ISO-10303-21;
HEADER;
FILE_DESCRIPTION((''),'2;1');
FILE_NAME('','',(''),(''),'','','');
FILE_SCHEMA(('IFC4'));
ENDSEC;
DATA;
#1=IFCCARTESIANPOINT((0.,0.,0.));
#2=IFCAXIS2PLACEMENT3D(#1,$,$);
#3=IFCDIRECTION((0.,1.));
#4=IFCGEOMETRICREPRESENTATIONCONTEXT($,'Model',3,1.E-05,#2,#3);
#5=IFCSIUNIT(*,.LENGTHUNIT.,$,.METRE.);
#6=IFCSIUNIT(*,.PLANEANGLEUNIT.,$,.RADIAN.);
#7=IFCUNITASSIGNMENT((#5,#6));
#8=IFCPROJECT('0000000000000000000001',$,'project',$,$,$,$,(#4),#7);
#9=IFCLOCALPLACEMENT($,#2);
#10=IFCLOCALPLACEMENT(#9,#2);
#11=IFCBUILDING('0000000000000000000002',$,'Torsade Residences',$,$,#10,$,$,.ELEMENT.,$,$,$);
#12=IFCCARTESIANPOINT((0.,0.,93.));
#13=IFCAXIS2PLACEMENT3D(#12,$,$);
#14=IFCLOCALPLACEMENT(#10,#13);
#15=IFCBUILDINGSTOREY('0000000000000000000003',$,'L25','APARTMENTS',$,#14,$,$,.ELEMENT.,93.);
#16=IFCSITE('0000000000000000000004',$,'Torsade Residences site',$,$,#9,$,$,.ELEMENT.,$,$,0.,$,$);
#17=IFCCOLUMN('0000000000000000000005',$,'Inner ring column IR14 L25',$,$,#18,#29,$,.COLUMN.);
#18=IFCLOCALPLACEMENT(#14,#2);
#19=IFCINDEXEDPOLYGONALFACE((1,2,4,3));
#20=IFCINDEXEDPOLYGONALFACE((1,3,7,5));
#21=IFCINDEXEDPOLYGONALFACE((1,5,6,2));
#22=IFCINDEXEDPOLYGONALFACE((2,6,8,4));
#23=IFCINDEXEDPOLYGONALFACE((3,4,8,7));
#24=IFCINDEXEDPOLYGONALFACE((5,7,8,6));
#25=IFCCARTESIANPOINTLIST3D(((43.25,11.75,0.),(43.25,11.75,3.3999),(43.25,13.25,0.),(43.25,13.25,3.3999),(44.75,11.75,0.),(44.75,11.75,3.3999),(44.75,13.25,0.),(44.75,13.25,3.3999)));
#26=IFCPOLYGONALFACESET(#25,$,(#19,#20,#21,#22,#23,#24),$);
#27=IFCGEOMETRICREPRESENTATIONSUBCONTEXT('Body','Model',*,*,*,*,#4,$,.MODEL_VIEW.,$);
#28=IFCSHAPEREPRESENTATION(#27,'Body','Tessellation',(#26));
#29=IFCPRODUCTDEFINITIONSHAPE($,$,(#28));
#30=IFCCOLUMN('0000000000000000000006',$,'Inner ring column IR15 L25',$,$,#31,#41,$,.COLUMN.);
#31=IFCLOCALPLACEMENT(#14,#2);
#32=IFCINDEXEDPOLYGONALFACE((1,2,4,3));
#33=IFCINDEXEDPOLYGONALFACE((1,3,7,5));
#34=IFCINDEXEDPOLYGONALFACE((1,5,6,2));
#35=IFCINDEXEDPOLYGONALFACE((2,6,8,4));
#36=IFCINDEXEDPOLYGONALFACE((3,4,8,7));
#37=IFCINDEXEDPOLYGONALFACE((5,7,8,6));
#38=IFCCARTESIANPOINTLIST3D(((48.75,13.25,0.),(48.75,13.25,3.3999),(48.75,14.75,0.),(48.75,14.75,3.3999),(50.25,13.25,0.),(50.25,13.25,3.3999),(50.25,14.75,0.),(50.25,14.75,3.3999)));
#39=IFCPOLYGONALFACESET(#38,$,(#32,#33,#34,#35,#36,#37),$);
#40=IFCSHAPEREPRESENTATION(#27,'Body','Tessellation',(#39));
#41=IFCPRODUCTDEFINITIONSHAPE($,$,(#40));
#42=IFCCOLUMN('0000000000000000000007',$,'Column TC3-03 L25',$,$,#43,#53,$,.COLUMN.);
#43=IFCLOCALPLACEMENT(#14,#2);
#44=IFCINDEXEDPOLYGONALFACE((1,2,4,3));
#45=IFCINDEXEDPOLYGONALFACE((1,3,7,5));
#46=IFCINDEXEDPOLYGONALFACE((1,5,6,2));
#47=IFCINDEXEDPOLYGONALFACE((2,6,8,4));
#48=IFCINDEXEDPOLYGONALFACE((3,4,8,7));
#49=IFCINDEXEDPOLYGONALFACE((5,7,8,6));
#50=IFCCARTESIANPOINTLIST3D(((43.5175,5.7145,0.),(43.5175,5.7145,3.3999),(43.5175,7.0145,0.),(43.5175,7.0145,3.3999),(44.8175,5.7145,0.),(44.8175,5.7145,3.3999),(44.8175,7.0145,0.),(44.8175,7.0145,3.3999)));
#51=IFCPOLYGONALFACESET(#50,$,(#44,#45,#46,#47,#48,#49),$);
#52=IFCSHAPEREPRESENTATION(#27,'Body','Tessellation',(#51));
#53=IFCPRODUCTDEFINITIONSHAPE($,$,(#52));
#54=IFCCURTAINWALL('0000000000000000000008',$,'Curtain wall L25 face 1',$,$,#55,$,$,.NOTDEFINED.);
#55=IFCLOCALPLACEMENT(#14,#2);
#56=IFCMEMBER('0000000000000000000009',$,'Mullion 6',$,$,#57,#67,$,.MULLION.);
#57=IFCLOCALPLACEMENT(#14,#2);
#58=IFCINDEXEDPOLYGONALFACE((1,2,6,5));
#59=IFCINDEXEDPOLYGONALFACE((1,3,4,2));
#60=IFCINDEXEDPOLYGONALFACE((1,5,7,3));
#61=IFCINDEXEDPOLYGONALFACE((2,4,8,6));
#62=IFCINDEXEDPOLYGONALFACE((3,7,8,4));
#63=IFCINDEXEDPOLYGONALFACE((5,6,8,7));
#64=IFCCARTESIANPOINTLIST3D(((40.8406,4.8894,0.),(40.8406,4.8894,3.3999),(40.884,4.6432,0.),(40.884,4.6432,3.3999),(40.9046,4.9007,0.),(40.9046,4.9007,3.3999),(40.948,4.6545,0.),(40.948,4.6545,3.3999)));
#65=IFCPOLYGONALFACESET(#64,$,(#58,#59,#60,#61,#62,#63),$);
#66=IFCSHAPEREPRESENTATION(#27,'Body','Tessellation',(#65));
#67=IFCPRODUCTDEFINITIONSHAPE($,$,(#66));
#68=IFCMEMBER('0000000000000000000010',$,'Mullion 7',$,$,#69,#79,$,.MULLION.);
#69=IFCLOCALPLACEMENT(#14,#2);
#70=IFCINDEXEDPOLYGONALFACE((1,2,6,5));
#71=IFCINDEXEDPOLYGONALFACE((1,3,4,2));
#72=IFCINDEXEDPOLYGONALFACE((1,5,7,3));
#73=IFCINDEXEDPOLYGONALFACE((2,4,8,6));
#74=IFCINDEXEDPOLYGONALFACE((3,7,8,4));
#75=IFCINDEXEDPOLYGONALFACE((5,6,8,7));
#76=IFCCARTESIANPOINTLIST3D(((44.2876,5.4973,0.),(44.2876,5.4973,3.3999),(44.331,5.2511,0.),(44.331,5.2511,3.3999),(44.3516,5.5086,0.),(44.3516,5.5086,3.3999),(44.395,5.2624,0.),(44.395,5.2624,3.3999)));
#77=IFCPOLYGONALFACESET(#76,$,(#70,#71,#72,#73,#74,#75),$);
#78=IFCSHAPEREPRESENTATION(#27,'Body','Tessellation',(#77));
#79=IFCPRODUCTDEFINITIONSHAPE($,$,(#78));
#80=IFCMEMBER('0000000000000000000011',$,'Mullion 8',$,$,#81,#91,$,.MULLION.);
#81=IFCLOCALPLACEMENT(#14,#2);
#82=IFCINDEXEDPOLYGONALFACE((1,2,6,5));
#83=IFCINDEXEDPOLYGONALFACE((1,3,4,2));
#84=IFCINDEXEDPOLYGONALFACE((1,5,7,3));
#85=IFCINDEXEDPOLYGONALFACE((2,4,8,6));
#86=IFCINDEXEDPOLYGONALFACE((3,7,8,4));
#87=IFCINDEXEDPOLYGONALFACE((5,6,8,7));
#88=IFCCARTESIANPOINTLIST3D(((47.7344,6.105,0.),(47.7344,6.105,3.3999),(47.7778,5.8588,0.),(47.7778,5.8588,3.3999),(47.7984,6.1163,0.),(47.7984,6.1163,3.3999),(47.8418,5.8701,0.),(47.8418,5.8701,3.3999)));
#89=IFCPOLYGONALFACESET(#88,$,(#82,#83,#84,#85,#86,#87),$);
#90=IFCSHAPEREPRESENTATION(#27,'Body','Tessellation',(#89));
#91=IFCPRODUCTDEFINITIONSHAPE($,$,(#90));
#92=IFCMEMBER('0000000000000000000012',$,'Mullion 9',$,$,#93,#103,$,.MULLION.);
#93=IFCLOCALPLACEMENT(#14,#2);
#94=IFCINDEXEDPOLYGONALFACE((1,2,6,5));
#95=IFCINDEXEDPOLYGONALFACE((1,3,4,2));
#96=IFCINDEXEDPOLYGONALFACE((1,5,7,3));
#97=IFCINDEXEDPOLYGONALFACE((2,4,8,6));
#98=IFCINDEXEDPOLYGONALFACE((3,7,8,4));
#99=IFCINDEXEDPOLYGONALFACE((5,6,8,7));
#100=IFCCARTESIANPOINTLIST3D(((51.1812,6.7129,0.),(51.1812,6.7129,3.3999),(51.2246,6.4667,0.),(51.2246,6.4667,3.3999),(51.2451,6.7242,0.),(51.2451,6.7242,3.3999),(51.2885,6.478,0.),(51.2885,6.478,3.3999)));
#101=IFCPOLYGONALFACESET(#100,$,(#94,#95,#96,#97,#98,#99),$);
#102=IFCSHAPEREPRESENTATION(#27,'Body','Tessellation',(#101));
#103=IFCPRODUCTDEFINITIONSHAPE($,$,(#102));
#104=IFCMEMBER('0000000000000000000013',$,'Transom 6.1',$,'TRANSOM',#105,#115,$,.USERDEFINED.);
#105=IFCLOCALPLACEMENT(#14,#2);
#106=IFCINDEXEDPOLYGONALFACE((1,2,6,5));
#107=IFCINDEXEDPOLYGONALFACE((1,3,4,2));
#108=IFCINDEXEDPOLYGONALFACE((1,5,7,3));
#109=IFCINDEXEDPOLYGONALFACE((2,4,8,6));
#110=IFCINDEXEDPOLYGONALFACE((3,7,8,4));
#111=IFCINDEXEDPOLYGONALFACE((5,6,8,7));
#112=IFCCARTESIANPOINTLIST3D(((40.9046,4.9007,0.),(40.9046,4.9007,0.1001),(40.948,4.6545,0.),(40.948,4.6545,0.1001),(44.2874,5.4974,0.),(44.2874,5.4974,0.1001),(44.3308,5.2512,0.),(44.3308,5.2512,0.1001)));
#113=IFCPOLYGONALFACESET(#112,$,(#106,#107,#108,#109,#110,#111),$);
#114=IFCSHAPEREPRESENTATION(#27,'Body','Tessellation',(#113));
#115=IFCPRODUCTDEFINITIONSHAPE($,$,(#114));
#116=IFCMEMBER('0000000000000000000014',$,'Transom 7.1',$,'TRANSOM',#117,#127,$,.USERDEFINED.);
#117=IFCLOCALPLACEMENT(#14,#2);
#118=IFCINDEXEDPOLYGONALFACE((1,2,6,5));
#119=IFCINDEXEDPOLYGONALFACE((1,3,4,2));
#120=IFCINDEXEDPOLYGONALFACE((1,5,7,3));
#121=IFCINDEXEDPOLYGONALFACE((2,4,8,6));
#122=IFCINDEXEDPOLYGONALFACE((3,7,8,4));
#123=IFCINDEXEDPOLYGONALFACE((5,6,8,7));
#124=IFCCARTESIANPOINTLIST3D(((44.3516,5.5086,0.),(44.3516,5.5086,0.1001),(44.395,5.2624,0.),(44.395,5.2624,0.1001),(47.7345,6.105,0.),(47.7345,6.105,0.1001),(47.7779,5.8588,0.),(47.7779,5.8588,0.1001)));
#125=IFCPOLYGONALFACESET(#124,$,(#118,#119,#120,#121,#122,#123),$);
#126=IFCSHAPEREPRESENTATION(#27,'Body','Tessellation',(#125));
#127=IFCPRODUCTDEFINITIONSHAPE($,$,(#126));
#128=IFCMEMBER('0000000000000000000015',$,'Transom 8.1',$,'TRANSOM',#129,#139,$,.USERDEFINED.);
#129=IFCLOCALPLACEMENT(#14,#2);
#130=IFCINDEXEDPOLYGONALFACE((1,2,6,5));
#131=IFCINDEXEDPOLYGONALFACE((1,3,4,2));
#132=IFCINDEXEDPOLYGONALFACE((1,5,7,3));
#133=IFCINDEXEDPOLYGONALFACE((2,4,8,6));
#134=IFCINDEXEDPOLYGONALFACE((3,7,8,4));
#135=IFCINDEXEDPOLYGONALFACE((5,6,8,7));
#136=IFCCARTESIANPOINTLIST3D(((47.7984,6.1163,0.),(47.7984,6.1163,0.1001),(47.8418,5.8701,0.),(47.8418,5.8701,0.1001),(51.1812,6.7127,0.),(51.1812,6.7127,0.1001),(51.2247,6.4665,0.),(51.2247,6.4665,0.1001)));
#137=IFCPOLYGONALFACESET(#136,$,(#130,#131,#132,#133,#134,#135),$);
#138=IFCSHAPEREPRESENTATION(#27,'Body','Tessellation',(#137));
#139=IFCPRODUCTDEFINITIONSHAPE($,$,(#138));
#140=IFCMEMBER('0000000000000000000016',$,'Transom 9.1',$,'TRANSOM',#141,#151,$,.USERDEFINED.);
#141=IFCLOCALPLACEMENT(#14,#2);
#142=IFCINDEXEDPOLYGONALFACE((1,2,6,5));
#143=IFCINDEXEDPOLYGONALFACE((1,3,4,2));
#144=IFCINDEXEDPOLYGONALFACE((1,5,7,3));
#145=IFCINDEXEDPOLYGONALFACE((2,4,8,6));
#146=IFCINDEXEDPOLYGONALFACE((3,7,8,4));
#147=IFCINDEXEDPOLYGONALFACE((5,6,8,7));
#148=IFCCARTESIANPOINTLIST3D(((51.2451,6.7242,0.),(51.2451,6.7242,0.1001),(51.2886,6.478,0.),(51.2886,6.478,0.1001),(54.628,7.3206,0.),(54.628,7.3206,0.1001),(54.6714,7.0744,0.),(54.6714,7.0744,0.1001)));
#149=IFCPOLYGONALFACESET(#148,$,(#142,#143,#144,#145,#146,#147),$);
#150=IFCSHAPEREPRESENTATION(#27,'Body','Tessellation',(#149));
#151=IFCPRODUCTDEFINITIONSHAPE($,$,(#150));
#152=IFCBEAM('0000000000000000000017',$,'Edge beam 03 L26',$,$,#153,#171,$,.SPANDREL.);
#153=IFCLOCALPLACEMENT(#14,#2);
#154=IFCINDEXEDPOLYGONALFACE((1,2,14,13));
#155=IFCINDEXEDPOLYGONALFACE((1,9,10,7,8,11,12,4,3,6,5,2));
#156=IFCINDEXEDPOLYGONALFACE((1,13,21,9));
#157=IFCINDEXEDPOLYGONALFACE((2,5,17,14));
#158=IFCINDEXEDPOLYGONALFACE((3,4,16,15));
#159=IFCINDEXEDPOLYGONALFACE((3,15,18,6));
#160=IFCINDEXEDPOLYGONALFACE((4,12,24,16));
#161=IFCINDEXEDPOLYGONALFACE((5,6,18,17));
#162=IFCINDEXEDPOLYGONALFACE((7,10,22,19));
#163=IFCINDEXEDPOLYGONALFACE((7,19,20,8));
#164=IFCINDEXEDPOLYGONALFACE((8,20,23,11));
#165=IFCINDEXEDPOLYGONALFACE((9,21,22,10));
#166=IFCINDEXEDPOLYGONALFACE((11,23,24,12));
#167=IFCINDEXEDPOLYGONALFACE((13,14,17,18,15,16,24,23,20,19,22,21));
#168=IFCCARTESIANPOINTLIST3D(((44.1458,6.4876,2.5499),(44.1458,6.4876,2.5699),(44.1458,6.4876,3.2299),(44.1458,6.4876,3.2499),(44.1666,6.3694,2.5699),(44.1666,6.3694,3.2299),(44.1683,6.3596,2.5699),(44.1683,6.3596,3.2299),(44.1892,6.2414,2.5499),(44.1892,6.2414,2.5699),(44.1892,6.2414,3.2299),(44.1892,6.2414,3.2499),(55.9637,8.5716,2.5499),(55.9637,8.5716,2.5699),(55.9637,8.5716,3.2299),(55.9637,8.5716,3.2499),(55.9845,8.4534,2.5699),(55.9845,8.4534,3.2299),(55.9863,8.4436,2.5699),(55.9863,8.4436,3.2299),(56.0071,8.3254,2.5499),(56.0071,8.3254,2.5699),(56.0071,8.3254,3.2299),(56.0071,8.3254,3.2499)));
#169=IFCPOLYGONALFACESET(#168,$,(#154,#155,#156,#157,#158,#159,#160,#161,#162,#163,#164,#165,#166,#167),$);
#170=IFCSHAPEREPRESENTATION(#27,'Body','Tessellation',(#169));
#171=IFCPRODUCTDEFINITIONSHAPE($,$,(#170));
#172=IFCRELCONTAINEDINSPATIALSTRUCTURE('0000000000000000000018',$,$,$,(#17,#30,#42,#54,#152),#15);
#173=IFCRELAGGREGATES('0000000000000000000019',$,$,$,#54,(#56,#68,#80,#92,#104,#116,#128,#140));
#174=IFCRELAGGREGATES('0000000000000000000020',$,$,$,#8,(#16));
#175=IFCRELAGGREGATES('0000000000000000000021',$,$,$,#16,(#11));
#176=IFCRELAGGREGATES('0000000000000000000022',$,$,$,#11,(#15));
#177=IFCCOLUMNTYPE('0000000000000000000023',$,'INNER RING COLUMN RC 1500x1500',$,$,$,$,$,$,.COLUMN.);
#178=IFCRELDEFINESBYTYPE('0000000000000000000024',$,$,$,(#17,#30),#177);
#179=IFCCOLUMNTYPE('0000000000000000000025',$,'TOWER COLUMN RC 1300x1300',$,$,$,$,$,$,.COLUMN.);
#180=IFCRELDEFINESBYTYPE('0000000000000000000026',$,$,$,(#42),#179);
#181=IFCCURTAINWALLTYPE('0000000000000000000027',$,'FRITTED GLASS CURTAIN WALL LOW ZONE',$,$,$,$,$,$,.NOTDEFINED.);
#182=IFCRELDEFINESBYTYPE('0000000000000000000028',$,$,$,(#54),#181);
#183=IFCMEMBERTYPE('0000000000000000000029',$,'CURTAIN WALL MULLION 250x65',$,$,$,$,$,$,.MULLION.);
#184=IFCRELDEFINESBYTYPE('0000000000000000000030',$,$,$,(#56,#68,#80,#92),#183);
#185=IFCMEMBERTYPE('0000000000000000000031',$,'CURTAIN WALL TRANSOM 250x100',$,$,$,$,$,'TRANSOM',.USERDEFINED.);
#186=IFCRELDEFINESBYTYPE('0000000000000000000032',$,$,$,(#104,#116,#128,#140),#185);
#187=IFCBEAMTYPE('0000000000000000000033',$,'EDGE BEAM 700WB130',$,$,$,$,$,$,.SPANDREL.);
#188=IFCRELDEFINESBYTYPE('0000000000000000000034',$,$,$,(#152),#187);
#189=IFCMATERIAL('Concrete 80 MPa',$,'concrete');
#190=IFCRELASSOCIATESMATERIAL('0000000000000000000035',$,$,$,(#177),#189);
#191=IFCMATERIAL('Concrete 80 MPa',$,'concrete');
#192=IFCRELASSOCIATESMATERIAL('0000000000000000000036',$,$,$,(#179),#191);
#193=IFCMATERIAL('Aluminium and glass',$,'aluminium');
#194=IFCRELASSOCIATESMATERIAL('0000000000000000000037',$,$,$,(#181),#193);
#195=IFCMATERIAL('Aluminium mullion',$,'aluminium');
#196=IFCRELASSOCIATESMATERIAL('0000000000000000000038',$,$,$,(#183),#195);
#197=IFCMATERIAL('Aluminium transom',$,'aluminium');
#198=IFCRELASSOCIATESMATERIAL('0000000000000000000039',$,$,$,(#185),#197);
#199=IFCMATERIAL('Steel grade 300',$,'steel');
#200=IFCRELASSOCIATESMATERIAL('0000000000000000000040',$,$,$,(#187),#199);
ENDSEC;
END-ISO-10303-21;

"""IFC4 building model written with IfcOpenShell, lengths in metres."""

from ifc_helpers import new_model, si_unit, direction, frame, origin, origin_2d, place, context, subcontext, project, spatial, rectangle, i_section, extrude, material, material_profile, profile_set, type_object, element, aggregate, save


model = new_model("IFC4")

# Units and contexts
model_context = context("Model", 3, precision=1e-05, world=origin(), true_north=direction((0.0, 1.0)))
body_context = subcontext(model_context, "Body", "Model", "MODEL_VIEW")
ifc_project = project(units=[si_unit("LENGTHUNIT", "METRE"), si_unit("PLANEANGLEUNIT", "RADIAN")], contexts=[model_context])

# Site, building, storey
site_placement = place(None, origin())
site = spatial("IfcSite", under=ifc_project, at=site_placement, Name="Torsade Residences site", CompositionType="ELEMENT", RefElevation=0.0)
building_placement = place(site_placement, origin())
building = spatial("IfcBuilding", under=site, at=building_placement, Name="Torsade Residences", CompositionType="ELEMENT")
storey_placement = place(building_placement, frame((0.0, 0.0, 93.0)))
storey = spatial("IfcBuildingStorey", under=building, at=storey_placement, Name="L25", Description="APARTMENTS", CompositionType="ELEMENT", Elevation=93.0)

# Columns
ifc_material_1 = material(Name="Concrete 80 MPa", Category="concrete")
ifc_material_profile_1 = material_profile(ifc_material_1, rectangle(XDim=1.5, YDim=1.5, at=origin_2d()), Name="RC 1500x1500")
ifc_profile_set_1 = profile_set([ifc_material_profile_1], Name="Concrete 80 MPa")
column_type_1 = type_object("IfcColumnType", Name="INNER RING COLUMN RC 1500x1500", PredefinedType="COLUMN", material=ifc_profile_set_1)
for number, where, z_axis, x_axis, name in (
    (1, (44.0, 12.5, 0.0), (0.0, 0.0, 1.0), (1.0, 0.0, 0.0), "Inner ring column IR14 L25"),
    (2, (49.5, 14.0, 0.0), (0.0, 0.0, 1.0), (1.0, 0.0, 0.0), "Inner ring column IR15 L25"),
):
    element("IfcColumn", number, at=place(storey_placement, frame(where, z_axis=z_axis, x_axis=x_axis)), inside=storey, type_object=column_type_1, Name=name, PredefinedType="COLUMN", context=body_context, shape_type="SweptSolid", body=[
        extrude(rectangle(XDim=1.5, YDim=1.5, at=origin_2d()), origin(), (0.0, 0.0, 1.0), 3.3999),
    ])
ifc_material_2 = material(Name="Concrete 80 MPa", Category="concrete")
ifc_material_profile_2 = material_profile(ifc_material_2, rectangle(XDim=1.3, YDim=1.3, at=origin_2d()), Name="RC 1300x1300")
ifc_profile_set_2 = profile_set([ifc_material_profile_2], Name="Concrete 80 MPa")
column_type_2 = type_object("IfcColumnType", Name="TOWER COLUMN RC 1300x1300", PredefinedType="COLUMN", material=ifc_profile_set_2)
column_placement = place(storey_placement, frame((44.1675, 6.3645, 0.0), z_axis=(0.0, 0.0, 1.0), x_axis=(1.0, 0.0, 0.0)))
element("IfcColumn", 3, at=column_placement, inside=storey, type_object=column_type_2, Name="Column TC3-03 L25", PredefinedType="COLUMN", context=body_context, shape_type="SweptSolid", body=[
    extrude(rectangle(XDim=1.3, YDim=1.3, at=origin_2d()), origin(), (0.0, 0.0, 1.0), 3.3999),
])

# Curtain wall, members
ifc_material_3 = material(Name="Aluminium and glass", Category="aluminium")
curtain_wall_type = type_object("IfcCurtainWallType", Name="FRITTED GLASS CURTAIN WALL LOW ZONE", PredefinedType="NOTDEFINED", material=ifc_material_3)
curtain_wall_placement = place(storey_placement, origin())
curtain_wall = element("IfcCurtainWall", 4, at=curtain_wall_placement, inside=storey, type_object=curtain_wall_type, Name="Curtain wall L25 face 1", PredefinedType="NOTDEFINED")
ifc_material_4 = material(Name="Aluminium mullion", Category="aluminium")
ifc_material_profile_3 = material_profile(ifc_material_4, rectangle(XDim=0.25, YDim=0.0649, at=origin_2d()), Name="CURTAIN WALL MULLION 250x65")
ifc_profile_set_3 = profile_set([ifc_material_profile_3], Name="Aluminium mullion")
member_type_1 = type_object("IfcMemberType", Name="CURTAIN WALL MULLION 250x65", PredefinedType="MULLION", material=ifc_profile_set_3)
member_1_placement = place(storey_placement, frame((40.8943, 4.772, 0.0), z_axis=(0.0, 0.0, 1.0), x_axis=(-0.173648, 0.984808, 0.0)))
member_1 = element("IfcMember", 5, at=member_1_placement, type_object=member_type_1, Name="Mullion 6", PredefinedType="MULLION", context=body_context, shape_type="SweptSolid", body=[
    extrude(rectangle(XDim=0.25, YDim=0.0649, at=origin_2d()), origin(), (0.0, 0.0, 1.0), 3.3999),
])
member_2_placement = place(storey_placement, frame((44.3413, 5.3799, 0.0), z_axis=(0.0, 0.0, 1.0), x_axis=(-0.173648, 0.984808, 0.0)))
member_2 = element("IfcMember", 6, at=member_2_placement, type_object=member_type_1, Name="Mullion 7", PredefinedType="MULLION", context=body_context, shape_type="SweptSolid", body=[
    extrude(rectangle(XDim=0.25, YDim=0.0649, at=origin_2d()), origin(), (0.0, 0.0, 1.0), 3.3999),
])
member_3_placement = place(storey_placement, frame((47.7881, 5.9875, 0.0), z_axis=(0.0, 0.0, 1.0), x_axis=(-0.173648, 0.984808, 0.0)))
member_3 = element("IfcMember", 7, at=member_3_placement, type_object=member_type_1, Name="Mullion 8", PredefinedType="MULLION", context=body_context, shape_type="SweptSolid", body=[
    extrude(rectangle(XDim=0.25, YDim=0.0649, at=origin_2d()), origin(), (0.0, 0.0, 1.0), 3.3999),
])
member_4_placement = place(storey_placement, frame((51.2349, 6.5955, 0.0), z_axis=(0.0, 0.0, 1.0), x_axis=(-0.173648, 0.984808, 0.0)))
member_4 = element("IfcMember", 8, at=member_4_placement, type_object=member_type_1, Name="Mullion 9", PredefinedType="MULLION", context=body_context, shape_type="SweptSolid", body=[
    extrude(rectangle(XDim=0.25, YDim=0.0649, at=origin_2d()), origin(), (0.0, 0.0, 1.0), 3.3999),
])
ifc_material_5 = material(Name="Aluminium transom", Category="aluminium")
ifc_material_profile_4 = material_profile(ifc_material_5, rectangle(XDim=0.25, YDim=0.1001, at=origin_2d()), Name="CURTAIN WALL TRANSOM 250x100")
ifc_profile_set_4 = profile_set([ifc_material_profile_4], Name="Aluminium transom")
member_type_2 = type_object("IfcMemberType", Name="CURTAIN WALL TRANSOM 250x100", ElementType="TRANSOM", PredefinedType="USERDEFINED", material=ifc_profile_set_4)
member_5_placement = place(storey_placement, frame((40.9263, 4.7776, 0.05), z_axis=(0.984798, 0.173704, 0.0), x_axis=(-0.173704, 0.984798, 0.0)))
member_5 = element("IfcMember", 9, at=member_5_placement, type_object=member_type_2, Name="Transom 6.1", ObjectType="TRANSOM", PredefinedType="USERDEFINED", context=body_context, shape_type="SweptSolid", body=[
    extrude(rectangle(XDim=0.25, YDim=0.1001, at=origin_2d()), origin(), (0.0, 0.0, 1.0), 3.4351),
])
member_6_placement = place(storey_placement, frame((44.3733, 5.3855, 0.05), z_axis=(0.98481, 0.173635, 0.0), x_axis=(-0.173635, 0.98481, 0.0)))
member_6 = element("IfcMember", 10, at=member_6_placement, type_object=member_type_2, Name="Transom 7.1", ObjectType="TRANSOM", PredefinedType="USERDEFINED", context=body_context, shape_type="SweptSolid", body=[
    extrude(rectangle(XDim=0.25, YDim=0.1001, at=origin_2d()), origin(), (0.0, 0.0, 1.0), 3.4351),
])
member_7_placement = place(storey_placement, frame((47.8201, 5.9932, 0.05), z_axis=(0.98481, 0.173635, 0.0), x_axis=(-0.173635, 0.98481, 0.0)))
member_7 = element("IfcMember", 11, at=member_7_placement, type_object=member_type_2, Name="Transom 8.1", ObjectType="TRANSOM", PredefinedType="USERDEFINED", context=body_context, shape_type="SweptSolid", body=[
    extrude(rectangle(XDim=0.25, YDim=0.1001, at=origin_2d()), origin(), (0.0, 0.0, 1.0), 3.4351),
])
member_8_placement = place(storey_placement, frame((51.2668, 6.6011, 0.05), z_axis=(0.98481, 0.173635, 0.0), x_axis=(-0.173635, 0.98481, 0.0)))
member_8 = element("IfcMember", 12, at=member_8_placement, type_object=member_type_2, Name="Transom 9.1", ObjectType="TRANSOM", PredefinedType="USERDEFINED", context=body_context, shape_type="SweptSolid", body=[
    extrude(rectangle(XDim=0.25, YDim=0.1001, at=origin_2d()), origin(), (0.0, 0.0, 1.0), 3.4351),
])

# Beam
ifc_material_6 = material(Name="Steel grade 300", Category="steel")
ifc_material_profile_5 = material_profile(ifc_material_6, i_section(OverallWidth=0.25, OverallDepth=0.7, WebThickness=0.01, FlangeThickness=0.02, at=origin_2d()), Name="700WB130")
ifc_profile_set_5 = profile_set([ifc_material_profile_5], Name="Steel grade 300")
beam_type_1 = type_object("IfcBeamType", Name="EDGE BEAM 700WB130", PredefinedType="SPANDREL", material=ifc_profile_set_5)
beam_1_placement = place(storey_placement, frame((44.1675, 6.3645, 2.8999), z_axis=(0.984805, 0.173662, 0.0), x_axis=(-0.173662, 0.984805, 0.0)))
element("IfcBeam", 13, at=beam_1_placement, inside=storey, type_object=beam_type_1, Name="Edge beam 03 L26", PredefinedType="SPANDREL", context=body_context, shape_type="SweptSolid", body=[
    extrude(i_section(OverallWidth=0.25, OverallDepth=0.7, WebThickness=0.01, FlangeThickness=0.02, at=origin_2d()), origin(), (0.0, 0.0, 1.0), 12.0002),
])

aggregate(curtain_wall, [member_1, member_2, member_3, member_4, member_5, member_6, member_7, member_8])

save(model, "model.ifc")
